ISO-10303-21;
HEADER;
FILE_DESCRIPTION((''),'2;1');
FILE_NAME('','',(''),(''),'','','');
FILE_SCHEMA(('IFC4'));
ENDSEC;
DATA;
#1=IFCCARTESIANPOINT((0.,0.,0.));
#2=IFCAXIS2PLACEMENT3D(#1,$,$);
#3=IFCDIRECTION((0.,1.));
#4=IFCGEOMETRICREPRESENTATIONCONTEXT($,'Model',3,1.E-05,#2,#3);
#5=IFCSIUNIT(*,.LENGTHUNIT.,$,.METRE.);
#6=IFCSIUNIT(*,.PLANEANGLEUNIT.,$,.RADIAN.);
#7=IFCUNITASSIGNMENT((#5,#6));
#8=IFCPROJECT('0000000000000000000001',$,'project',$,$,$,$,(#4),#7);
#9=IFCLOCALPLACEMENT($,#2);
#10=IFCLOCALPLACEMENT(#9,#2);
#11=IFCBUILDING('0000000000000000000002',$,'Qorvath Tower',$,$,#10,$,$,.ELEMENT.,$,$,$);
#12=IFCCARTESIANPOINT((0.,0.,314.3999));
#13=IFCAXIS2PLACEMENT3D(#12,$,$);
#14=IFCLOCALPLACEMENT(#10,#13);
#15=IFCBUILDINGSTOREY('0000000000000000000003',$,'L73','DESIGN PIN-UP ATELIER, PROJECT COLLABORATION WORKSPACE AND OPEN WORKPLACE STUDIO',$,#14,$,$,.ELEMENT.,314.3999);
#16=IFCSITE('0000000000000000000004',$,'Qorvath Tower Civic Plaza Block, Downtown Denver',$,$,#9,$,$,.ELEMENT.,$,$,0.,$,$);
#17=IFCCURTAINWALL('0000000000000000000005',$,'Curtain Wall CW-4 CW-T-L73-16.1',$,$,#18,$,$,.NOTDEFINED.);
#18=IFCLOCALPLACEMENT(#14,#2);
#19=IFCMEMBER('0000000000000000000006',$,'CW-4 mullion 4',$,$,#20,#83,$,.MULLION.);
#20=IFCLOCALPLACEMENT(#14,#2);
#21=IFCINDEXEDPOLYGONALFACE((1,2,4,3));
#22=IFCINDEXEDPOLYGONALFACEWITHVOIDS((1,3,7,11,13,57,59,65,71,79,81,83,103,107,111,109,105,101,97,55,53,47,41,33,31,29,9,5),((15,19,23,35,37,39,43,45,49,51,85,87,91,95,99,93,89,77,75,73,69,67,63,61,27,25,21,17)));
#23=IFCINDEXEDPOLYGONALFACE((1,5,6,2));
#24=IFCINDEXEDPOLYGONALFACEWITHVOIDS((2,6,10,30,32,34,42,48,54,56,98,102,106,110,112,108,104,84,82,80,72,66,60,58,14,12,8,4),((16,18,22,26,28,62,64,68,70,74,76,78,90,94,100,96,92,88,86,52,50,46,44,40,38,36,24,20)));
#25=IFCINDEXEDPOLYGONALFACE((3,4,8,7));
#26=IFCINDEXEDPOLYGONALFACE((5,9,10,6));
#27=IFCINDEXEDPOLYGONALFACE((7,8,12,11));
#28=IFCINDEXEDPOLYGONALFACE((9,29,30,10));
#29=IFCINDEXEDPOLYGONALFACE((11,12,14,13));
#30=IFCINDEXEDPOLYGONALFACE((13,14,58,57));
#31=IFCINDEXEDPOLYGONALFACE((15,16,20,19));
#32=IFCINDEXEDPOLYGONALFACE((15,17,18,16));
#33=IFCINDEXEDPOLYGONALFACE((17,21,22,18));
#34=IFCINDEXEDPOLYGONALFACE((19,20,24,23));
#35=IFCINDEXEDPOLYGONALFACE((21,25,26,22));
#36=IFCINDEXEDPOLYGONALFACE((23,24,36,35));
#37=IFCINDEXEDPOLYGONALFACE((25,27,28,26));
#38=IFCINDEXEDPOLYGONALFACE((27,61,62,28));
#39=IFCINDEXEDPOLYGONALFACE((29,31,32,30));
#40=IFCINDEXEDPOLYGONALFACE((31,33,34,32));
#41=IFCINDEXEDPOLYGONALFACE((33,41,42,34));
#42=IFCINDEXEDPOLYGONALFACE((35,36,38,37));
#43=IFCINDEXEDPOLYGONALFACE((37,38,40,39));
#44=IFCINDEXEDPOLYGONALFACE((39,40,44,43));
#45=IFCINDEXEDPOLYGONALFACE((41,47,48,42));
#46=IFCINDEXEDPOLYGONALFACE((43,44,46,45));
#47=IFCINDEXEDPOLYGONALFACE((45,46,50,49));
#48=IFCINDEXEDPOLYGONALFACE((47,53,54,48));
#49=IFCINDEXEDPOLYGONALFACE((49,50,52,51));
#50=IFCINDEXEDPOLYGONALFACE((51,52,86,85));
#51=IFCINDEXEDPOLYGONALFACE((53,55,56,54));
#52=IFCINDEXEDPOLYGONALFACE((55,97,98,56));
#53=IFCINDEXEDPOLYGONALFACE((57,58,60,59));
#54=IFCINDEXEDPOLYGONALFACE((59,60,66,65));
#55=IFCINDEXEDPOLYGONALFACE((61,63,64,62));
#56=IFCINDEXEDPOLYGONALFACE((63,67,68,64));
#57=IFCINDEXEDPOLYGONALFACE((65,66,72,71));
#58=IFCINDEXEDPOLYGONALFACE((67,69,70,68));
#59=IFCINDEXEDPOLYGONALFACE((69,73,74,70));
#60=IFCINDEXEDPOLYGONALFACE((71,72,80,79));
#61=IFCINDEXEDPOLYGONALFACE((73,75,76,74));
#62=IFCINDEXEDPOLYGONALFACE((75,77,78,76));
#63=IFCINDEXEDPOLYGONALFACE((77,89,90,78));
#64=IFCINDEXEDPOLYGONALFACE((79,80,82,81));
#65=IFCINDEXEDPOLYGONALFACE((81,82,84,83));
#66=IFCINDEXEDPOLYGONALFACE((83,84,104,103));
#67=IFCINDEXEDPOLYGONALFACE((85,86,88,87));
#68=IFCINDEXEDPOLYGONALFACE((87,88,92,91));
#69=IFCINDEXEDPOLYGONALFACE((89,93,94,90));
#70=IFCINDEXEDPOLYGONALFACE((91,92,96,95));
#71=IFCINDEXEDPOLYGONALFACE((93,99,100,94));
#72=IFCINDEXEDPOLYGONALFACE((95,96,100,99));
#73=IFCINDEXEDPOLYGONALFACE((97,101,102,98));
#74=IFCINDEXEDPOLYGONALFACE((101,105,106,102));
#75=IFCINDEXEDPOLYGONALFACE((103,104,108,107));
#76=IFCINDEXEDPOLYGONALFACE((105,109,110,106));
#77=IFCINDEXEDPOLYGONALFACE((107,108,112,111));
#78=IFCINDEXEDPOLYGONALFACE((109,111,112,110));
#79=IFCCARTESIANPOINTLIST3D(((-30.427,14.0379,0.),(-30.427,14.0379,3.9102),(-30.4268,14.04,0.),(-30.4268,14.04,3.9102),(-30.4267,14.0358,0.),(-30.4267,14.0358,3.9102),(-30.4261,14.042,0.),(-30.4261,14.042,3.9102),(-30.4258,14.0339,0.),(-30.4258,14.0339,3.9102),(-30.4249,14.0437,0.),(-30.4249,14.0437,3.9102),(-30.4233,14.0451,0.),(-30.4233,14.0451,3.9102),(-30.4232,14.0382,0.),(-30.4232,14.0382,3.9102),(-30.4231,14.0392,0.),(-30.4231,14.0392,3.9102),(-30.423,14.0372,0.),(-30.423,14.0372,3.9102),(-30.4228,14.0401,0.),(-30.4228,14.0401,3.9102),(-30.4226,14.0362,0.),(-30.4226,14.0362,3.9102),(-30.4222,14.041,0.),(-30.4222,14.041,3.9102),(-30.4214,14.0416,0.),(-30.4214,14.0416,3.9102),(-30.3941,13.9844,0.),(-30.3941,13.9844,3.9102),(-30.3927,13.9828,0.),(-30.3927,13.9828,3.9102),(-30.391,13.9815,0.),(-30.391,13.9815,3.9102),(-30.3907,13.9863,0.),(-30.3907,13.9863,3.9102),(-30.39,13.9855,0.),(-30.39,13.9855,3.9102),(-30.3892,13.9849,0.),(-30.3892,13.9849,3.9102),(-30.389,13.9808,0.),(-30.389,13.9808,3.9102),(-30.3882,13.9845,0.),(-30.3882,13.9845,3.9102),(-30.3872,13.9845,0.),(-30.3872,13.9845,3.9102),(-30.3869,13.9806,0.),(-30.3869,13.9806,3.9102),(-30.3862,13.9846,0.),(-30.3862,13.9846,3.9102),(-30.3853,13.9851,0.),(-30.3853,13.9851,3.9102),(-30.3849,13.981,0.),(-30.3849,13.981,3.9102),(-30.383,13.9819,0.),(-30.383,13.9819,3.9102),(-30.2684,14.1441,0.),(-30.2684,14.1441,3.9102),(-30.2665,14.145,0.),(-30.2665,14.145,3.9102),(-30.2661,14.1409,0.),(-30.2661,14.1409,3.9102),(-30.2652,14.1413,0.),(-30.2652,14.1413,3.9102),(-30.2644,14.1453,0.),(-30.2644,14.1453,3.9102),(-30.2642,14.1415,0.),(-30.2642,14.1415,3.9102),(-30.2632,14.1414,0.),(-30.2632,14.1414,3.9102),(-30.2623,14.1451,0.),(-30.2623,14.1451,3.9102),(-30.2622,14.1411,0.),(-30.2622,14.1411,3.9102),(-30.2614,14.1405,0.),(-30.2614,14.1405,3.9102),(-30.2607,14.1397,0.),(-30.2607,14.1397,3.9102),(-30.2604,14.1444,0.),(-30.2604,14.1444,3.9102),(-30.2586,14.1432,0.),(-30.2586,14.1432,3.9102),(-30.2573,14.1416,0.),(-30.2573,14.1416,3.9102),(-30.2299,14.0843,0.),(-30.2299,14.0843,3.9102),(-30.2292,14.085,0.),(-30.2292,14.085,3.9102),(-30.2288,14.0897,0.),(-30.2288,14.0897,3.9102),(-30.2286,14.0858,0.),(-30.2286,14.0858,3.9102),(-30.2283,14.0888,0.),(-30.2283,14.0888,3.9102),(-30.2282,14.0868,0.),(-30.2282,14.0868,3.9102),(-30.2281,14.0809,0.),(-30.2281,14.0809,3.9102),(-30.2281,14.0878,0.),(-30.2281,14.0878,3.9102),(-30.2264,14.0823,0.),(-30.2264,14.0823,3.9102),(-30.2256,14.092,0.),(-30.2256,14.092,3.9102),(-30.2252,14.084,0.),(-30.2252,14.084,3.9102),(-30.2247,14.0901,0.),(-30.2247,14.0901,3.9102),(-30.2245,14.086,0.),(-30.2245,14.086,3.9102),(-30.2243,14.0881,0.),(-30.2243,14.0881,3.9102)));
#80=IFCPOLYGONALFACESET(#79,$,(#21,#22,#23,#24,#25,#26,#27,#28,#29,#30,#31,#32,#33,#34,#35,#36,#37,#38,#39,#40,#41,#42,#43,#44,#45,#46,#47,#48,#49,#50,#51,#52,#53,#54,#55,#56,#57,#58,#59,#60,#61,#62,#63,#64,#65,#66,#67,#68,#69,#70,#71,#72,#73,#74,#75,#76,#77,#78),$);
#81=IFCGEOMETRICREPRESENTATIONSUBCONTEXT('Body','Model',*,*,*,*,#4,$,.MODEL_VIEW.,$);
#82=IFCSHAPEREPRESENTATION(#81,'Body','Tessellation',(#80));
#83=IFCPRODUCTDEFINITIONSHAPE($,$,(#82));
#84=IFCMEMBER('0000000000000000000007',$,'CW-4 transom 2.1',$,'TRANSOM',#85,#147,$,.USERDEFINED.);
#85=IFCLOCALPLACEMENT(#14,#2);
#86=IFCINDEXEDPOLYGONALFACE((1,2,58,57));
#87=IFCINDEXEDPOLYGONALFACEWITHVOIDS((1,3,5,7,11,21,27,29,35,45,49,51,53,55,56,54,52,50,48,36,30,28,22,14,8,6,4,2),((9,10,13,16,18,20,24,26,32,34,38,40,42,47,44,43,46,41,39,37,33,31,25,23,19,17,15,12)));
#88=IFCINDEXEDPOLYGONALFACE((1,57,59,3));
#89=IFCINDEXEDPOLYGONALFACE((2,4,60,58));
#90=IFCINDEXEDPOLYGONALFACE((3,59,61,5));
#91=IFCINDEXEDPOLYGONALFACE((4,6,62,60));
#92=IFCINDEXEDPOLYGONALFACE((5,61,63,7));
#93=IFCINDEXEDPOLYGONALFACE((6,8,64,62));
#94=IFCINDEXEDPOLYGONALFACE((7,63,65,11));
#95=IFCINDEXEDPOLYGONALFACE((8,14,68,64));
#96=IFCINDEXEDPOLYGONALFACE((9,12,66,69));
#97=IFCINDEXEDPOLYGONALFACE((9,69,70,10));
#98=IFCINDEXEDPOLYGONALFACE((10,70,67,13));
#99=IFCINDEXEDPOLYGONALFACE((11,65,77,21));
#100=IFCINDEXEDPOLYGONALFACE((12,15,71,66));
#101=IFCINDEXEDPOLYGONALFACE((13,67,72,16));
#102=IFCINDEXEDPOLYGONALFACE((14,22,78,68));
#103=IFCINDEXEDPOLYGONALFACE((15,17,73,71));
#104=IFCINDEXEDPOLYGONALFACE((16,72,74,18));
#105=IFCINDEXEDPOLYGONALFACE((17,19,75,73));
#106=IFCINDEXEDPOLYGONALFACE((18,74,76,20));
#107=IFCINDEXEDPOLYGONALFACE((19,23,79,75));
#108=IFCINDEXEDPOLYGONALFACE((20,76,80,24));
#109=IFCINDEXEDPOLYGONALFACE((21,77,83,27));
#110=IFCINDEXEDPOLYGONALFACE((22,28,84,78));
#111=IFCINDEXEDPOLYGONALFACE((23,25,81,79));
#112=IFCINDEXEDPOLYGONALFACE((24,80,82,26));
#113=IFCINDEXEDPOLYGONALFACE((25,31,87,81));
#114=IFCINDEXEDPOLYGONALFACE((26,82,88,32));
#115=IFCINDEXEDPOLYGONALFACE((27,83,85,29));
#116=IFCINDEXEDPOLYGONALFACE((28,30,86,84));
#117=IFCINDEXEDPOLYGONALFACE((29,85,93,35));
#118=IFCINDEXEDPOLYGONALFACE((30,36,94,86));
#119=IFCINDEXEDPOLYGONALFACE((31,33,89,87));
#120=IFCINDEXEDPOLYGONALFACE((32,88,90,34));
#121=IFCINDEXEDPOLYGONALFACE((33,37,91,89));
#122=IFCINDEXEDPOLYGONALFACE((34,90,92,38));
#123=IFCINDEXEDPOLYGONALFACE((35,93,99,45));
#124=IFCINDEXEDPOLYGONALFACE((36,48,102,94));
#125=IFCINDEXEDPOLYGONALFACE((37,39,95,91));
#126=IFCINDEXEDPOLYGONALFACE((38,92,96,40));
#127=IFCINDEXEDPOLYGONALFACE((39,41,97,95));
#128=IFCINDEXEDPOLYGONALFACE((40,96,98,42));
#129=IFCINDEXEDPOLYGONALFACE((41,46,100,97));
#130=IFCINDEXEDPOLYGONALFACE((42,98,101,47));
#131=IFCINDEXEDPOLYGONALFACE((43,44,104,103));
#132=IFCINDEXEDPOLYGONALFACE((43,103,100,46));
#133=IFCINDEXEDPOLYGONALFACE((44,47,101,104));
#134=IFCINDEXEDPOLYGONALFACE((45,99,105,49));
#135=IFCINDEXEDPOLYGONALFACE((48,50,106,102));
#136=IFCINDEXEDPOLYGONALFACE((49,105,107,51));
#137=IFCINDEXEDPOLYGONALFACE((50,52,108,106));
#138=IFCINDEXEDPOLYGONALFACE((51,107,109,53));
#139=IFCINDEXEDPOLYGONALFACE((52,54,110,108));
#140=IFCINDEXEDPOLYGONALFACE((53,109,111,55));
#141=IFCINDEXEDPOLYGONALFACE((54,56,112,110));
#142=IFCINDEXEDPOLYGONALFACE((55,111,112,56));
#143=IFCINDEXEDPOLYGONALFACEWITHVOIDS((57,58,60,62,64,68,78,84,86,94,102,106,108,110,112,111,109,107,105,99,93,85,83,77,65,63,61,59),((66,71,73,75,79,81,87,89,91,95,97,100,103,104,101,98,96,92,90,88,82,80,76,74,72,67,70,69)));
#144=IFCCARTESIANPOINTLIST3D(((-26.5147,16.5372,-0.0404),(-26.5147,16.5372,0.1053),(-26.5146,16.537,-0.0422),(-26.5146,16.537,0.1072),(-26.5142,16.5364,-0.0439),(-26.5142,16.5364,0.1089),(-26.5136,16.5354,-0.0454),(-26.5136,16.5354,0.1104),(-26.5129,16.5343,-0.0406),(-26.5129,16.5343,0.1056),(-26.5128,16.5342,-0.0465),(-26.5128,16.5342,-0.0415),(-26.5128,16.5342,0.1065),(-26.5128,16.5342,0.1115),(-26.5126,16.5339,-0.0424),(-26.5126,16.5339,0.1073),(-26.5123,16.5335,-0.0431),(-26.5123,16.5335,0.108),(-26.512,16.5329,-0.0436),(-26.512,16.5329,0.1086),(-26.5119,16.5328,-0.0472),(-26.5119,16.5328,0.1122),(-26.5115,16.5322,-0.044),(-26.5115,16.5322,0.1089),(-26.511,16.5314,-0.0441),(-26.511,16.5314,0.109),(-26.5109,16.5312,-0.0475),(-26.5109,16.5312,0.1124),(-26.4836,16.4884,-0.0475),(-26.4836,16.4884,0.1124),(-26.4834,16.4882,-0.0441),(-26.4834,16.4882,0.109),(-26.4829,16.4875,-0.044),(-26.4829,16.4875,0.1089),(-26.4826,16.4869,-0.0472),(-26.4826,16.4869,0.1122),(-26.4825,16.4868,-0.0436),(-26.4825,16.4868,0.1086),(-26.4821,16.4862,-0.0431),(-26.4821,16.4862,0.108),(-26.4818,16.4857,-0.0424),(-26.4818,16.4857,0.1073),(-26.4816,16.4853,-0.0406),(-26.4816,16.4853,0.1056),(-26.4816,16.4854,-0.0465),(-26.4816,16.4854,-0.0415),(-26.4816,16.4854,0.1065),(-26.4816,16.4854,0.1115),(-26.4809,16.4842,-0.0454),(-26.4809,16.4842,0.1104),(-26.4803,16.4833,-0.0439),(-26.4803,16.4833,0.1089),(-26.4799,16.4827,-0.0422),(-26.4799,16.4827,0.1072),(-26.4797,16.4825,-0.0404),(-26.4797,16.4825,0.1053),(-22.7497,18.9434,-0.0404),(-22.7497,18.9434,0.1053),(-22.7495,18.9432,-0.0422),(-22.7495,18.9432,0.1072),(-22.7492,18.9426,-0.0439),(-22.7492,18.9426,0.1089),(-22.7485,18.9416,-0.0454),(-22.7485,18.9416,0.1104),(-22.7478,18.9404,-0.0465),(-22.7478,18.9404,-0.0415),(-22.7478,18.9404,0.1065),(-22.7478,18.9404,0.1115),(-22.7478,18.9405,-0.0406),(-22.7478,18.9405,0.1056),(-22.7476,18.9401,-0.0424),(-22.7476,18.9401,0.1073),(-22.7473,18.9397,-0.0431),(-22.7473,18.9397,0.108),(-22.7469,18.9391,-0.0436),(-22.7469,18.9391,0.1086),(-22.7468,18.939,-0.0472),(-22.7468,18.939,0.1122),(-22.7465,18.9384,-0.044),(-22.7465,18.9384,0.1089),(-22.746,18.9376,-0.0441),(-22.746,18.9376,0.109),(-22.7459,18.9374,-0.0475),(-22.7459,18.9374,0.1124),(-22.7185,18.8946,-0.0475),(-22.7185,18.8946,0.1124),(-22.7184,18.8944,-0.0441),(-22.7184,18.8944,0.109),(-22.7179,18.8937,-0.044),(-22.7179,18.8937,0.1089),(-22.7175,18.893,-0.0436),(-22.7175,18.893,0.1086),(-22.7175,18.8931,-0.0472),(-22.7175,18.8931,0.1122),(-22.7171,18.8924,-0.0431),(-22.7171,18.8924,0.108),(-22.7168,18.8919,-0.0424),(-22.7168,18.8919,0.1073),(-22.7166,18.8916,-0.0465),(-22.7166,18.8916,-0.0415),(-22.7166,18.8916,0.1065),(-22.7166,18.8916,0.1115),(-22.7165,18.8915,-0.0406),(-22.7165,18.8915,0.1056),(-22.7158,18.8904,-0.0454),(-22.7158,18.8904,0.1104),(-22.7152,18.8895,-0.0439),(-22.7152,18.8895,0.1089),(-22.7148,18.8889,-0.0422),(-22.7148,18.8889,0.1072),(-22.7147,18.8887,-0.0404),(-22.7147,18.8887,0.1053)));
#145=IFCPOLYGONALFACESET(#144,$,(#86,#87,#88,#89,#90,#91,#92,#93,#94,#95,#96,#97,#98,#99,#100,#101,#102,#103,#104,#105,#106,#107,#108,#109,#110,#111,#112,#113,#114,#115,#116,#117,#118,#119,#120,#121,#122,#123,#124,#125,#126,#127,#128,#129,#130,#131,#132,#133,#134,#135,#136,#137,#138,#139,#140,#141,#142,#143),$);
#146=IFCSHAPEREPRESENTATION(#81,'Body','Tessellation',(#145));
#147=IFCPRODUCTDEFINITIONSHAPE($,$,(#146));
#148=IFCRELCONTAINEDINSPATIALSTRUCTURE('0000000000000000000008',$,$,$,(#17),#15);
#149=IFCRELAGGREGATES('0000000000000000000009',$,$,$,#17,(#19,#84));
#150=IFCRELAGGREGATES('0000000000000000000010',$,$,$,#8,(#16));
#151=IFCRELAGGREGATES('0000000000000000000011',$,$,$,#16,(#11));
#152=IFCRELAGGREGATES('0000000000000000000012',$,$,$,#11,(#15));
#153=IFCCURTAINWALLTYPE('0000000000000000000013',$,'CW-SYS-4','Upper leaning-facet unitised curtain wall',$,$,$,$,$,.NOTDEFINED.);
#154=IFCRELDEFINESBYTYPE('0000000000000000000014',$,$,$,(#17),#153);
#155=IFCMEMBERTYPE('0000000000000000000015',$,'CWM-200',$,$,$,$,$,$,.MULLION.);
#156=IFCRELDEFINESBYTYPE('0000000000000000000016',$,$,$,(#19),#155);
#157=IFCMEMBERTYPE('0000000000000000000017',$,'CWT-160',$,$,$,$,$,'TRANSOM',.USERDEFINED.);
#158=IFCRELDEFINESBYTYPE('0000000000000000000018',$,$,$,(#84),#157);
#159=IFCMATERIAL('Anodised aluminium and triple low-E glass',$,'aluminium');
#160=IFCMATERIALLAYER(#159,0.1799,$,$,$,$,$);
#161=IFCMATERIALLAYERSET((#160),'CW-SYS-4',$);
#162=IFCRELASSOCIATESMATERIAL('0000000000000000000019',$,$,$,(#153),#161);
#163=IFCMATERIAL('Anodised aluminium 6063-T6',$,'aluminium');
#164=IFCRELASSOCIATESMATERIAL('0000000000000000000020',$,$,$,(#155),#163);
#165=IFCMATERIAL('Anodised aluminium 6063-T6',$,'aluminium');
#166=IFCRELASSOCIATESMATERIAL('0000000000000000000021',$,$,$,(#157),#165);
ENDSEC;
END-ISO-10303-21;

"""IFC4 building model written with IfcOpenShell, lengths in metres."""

from ifc_helpers import new_model, si_unit, direction, frame, origin, origin_2d, place, context, subcontext, project, spatial, hollow_rectangle, extrude, material, layer, layer_set, material_profile, profile_set, type_object, element, aggregate, save


model = new_model("IFC4")

# Units and contexts
model_context = context("Model", 3, precision=1e-05, world=origin(), true_north=direction((0.0, 1.0)))
body_context = subcontext(model_context, "Body", "Model", "MODEL_VIEW")
ifc_project = project(units=[si_unit("LENGTHUNIT", "METRE"), si_unit("PLANEANGLEUNIT", "RADIAN")], contexts=[model_context])

# Site, building, storey
site_placement = place(None, origin())
site = spatial("IfcSite", under=ifc_project, at=site_placement, Name="Qorvath Tower Civic Plaza Block, Downtown Denver", CompositionType="ELEMENT", RefElevation=0.0)
building_placement = place(site_placement, origin())
building = spatial("IfcBuilding", under=site, at=building_placement, Name="Qorvath Tower", CompositionType="ELEMENT")
storey_placement = place(building_placement, frame((0.0, 0.0, 314.3999)))
storey = spatial("IfcBuildingStorey", under=building, at=storey_placement, Name="L73", Description="DESIGN PIN-UP ATELIER, PROJECT COLLABORATION WORKSPACE AND OPEN WORKPLACE STUDIO", CompositionType="ELEMENT", Elevation=314.3999)

# Curtain wall, members
ifc_material_1 = material(Name="Anodised aluminium and triple low-E glass", Category="aluminium")
ifc_layer_1 = layer(ifc_material_1, 0.1799)
ifc_layer_set_1 = layer_set([ifc_layer_1], Name="CW-SYS-4")
curtain_wall_type = type_object("IfcCurtainWallType", Name="CW-SYS-4", Description="Upper leaning-facet unitised curtain wall", PredefinedType="NOTDEFINED", material=ifc_layer_set_1)
curtain_wall_placement = place(storey_placement, origin())
curtain_wall = element("IfcCurtainWall", 1, at=curtain_wall_placement, inside=storey, type_object=curtain_wall_type, Name="Curtain Wall CW-4 CW-T-L73-16.1", PredefinedType="NOTDEFINED")
ifc_material_2 = material(Name="Anodised aluminium 6063-T6", Category="aluminium")
ifc_material_profile_1 = material_profile(ifc_material_2, hollow_rectangle(XDim=0.075, YDim=0.2, WallThickness=0.0039, InnerFilletRadius=0.0039, OuterFilletRadius=0.0081, at=origin_2d()), Name="CWM 200x75")
ifc_profile_set_1 = profile_set([ifc_material_profile_1], Name="Anodised aluminium 6063-T6")
member_type_1 = type_object("IfcMemberType", Name="CWM-200", PredefinedType="MULLION", material=ifc_profile_set_1)
member_1_placement = place(storey_placement, frame((-30.3257, 14.063, 0.0), z_axis=(0.0, 0.0, 1.0), x_axis=(0.538536, -0.842602, 0.0)))
member_1 = element("IfcMember", 2, at=member_1_placement, type_object=member_type_1, Name="CW-4 mullion 4", PredefinedType="MULLION", context=body_context, shape_type="SweptSolid", body=[
    extrude(hollow_rectangle(XDim=0.075, YDim=0.2, WallThickness=0.0039, InnerFilletRadius=0.0039, OuterFilletRadius=0.0081, at=origin_2d()), origin(), (0.0, 0.0, 1.0), 3.9102),
])
ifc_material_3 = material(Name="Anodised aluminium 6063-T6", Category="aluminium")
ifc_material_profile_2 = material_profile(ifc_material_3, hollow_rectangle(XDim=0.0649, YDim=0.1599, WallThickness=0.0034, InnerFilletRadius=0.0034, OuterFilletRadius=0.0071, at=origin_2d()), Name="CWT 160x65")
ifc_profile_set_2 = profile_set([ifc_material_profile_2], Name="Anodised aluminium 6063-T6")
member_type_2 = type_object("IfcMemberType", Name="CWT-160", ElementType="TRANSOM", PredefinedType="USERDEFINED", material=ifc_profile_set_2)
member_2_placement = place(storey_placement, frame((-22.7322, 18.916, 0.0325), z_axis=(-0.842621, -0.538508, 0.0), x_axis=(0.538508, -0.842621, 0.0)))
member_2 = element("IfcMember", 3, at=member_2_placement, type_object=member_type_2, Name="CW-4 transom 2.1", ObjectType="TRANSOM", PredefinedType="USERDEFINED", context=body_context, shape_type="SweptSolid", body=[
    extrude(hollow_rectangle(XDim=0.0649, YDim=0.1599, WallThickness=0.0034, InnerFilletRadius=0.0034, OuterFilletRadius=0.0071, at=origin_2d()), origin(), (0.0, 0.0, 1.0), 4.4683),
])
aggregate(curtain_wall, [member_1, member_2])

save(model, "model.ifc")
